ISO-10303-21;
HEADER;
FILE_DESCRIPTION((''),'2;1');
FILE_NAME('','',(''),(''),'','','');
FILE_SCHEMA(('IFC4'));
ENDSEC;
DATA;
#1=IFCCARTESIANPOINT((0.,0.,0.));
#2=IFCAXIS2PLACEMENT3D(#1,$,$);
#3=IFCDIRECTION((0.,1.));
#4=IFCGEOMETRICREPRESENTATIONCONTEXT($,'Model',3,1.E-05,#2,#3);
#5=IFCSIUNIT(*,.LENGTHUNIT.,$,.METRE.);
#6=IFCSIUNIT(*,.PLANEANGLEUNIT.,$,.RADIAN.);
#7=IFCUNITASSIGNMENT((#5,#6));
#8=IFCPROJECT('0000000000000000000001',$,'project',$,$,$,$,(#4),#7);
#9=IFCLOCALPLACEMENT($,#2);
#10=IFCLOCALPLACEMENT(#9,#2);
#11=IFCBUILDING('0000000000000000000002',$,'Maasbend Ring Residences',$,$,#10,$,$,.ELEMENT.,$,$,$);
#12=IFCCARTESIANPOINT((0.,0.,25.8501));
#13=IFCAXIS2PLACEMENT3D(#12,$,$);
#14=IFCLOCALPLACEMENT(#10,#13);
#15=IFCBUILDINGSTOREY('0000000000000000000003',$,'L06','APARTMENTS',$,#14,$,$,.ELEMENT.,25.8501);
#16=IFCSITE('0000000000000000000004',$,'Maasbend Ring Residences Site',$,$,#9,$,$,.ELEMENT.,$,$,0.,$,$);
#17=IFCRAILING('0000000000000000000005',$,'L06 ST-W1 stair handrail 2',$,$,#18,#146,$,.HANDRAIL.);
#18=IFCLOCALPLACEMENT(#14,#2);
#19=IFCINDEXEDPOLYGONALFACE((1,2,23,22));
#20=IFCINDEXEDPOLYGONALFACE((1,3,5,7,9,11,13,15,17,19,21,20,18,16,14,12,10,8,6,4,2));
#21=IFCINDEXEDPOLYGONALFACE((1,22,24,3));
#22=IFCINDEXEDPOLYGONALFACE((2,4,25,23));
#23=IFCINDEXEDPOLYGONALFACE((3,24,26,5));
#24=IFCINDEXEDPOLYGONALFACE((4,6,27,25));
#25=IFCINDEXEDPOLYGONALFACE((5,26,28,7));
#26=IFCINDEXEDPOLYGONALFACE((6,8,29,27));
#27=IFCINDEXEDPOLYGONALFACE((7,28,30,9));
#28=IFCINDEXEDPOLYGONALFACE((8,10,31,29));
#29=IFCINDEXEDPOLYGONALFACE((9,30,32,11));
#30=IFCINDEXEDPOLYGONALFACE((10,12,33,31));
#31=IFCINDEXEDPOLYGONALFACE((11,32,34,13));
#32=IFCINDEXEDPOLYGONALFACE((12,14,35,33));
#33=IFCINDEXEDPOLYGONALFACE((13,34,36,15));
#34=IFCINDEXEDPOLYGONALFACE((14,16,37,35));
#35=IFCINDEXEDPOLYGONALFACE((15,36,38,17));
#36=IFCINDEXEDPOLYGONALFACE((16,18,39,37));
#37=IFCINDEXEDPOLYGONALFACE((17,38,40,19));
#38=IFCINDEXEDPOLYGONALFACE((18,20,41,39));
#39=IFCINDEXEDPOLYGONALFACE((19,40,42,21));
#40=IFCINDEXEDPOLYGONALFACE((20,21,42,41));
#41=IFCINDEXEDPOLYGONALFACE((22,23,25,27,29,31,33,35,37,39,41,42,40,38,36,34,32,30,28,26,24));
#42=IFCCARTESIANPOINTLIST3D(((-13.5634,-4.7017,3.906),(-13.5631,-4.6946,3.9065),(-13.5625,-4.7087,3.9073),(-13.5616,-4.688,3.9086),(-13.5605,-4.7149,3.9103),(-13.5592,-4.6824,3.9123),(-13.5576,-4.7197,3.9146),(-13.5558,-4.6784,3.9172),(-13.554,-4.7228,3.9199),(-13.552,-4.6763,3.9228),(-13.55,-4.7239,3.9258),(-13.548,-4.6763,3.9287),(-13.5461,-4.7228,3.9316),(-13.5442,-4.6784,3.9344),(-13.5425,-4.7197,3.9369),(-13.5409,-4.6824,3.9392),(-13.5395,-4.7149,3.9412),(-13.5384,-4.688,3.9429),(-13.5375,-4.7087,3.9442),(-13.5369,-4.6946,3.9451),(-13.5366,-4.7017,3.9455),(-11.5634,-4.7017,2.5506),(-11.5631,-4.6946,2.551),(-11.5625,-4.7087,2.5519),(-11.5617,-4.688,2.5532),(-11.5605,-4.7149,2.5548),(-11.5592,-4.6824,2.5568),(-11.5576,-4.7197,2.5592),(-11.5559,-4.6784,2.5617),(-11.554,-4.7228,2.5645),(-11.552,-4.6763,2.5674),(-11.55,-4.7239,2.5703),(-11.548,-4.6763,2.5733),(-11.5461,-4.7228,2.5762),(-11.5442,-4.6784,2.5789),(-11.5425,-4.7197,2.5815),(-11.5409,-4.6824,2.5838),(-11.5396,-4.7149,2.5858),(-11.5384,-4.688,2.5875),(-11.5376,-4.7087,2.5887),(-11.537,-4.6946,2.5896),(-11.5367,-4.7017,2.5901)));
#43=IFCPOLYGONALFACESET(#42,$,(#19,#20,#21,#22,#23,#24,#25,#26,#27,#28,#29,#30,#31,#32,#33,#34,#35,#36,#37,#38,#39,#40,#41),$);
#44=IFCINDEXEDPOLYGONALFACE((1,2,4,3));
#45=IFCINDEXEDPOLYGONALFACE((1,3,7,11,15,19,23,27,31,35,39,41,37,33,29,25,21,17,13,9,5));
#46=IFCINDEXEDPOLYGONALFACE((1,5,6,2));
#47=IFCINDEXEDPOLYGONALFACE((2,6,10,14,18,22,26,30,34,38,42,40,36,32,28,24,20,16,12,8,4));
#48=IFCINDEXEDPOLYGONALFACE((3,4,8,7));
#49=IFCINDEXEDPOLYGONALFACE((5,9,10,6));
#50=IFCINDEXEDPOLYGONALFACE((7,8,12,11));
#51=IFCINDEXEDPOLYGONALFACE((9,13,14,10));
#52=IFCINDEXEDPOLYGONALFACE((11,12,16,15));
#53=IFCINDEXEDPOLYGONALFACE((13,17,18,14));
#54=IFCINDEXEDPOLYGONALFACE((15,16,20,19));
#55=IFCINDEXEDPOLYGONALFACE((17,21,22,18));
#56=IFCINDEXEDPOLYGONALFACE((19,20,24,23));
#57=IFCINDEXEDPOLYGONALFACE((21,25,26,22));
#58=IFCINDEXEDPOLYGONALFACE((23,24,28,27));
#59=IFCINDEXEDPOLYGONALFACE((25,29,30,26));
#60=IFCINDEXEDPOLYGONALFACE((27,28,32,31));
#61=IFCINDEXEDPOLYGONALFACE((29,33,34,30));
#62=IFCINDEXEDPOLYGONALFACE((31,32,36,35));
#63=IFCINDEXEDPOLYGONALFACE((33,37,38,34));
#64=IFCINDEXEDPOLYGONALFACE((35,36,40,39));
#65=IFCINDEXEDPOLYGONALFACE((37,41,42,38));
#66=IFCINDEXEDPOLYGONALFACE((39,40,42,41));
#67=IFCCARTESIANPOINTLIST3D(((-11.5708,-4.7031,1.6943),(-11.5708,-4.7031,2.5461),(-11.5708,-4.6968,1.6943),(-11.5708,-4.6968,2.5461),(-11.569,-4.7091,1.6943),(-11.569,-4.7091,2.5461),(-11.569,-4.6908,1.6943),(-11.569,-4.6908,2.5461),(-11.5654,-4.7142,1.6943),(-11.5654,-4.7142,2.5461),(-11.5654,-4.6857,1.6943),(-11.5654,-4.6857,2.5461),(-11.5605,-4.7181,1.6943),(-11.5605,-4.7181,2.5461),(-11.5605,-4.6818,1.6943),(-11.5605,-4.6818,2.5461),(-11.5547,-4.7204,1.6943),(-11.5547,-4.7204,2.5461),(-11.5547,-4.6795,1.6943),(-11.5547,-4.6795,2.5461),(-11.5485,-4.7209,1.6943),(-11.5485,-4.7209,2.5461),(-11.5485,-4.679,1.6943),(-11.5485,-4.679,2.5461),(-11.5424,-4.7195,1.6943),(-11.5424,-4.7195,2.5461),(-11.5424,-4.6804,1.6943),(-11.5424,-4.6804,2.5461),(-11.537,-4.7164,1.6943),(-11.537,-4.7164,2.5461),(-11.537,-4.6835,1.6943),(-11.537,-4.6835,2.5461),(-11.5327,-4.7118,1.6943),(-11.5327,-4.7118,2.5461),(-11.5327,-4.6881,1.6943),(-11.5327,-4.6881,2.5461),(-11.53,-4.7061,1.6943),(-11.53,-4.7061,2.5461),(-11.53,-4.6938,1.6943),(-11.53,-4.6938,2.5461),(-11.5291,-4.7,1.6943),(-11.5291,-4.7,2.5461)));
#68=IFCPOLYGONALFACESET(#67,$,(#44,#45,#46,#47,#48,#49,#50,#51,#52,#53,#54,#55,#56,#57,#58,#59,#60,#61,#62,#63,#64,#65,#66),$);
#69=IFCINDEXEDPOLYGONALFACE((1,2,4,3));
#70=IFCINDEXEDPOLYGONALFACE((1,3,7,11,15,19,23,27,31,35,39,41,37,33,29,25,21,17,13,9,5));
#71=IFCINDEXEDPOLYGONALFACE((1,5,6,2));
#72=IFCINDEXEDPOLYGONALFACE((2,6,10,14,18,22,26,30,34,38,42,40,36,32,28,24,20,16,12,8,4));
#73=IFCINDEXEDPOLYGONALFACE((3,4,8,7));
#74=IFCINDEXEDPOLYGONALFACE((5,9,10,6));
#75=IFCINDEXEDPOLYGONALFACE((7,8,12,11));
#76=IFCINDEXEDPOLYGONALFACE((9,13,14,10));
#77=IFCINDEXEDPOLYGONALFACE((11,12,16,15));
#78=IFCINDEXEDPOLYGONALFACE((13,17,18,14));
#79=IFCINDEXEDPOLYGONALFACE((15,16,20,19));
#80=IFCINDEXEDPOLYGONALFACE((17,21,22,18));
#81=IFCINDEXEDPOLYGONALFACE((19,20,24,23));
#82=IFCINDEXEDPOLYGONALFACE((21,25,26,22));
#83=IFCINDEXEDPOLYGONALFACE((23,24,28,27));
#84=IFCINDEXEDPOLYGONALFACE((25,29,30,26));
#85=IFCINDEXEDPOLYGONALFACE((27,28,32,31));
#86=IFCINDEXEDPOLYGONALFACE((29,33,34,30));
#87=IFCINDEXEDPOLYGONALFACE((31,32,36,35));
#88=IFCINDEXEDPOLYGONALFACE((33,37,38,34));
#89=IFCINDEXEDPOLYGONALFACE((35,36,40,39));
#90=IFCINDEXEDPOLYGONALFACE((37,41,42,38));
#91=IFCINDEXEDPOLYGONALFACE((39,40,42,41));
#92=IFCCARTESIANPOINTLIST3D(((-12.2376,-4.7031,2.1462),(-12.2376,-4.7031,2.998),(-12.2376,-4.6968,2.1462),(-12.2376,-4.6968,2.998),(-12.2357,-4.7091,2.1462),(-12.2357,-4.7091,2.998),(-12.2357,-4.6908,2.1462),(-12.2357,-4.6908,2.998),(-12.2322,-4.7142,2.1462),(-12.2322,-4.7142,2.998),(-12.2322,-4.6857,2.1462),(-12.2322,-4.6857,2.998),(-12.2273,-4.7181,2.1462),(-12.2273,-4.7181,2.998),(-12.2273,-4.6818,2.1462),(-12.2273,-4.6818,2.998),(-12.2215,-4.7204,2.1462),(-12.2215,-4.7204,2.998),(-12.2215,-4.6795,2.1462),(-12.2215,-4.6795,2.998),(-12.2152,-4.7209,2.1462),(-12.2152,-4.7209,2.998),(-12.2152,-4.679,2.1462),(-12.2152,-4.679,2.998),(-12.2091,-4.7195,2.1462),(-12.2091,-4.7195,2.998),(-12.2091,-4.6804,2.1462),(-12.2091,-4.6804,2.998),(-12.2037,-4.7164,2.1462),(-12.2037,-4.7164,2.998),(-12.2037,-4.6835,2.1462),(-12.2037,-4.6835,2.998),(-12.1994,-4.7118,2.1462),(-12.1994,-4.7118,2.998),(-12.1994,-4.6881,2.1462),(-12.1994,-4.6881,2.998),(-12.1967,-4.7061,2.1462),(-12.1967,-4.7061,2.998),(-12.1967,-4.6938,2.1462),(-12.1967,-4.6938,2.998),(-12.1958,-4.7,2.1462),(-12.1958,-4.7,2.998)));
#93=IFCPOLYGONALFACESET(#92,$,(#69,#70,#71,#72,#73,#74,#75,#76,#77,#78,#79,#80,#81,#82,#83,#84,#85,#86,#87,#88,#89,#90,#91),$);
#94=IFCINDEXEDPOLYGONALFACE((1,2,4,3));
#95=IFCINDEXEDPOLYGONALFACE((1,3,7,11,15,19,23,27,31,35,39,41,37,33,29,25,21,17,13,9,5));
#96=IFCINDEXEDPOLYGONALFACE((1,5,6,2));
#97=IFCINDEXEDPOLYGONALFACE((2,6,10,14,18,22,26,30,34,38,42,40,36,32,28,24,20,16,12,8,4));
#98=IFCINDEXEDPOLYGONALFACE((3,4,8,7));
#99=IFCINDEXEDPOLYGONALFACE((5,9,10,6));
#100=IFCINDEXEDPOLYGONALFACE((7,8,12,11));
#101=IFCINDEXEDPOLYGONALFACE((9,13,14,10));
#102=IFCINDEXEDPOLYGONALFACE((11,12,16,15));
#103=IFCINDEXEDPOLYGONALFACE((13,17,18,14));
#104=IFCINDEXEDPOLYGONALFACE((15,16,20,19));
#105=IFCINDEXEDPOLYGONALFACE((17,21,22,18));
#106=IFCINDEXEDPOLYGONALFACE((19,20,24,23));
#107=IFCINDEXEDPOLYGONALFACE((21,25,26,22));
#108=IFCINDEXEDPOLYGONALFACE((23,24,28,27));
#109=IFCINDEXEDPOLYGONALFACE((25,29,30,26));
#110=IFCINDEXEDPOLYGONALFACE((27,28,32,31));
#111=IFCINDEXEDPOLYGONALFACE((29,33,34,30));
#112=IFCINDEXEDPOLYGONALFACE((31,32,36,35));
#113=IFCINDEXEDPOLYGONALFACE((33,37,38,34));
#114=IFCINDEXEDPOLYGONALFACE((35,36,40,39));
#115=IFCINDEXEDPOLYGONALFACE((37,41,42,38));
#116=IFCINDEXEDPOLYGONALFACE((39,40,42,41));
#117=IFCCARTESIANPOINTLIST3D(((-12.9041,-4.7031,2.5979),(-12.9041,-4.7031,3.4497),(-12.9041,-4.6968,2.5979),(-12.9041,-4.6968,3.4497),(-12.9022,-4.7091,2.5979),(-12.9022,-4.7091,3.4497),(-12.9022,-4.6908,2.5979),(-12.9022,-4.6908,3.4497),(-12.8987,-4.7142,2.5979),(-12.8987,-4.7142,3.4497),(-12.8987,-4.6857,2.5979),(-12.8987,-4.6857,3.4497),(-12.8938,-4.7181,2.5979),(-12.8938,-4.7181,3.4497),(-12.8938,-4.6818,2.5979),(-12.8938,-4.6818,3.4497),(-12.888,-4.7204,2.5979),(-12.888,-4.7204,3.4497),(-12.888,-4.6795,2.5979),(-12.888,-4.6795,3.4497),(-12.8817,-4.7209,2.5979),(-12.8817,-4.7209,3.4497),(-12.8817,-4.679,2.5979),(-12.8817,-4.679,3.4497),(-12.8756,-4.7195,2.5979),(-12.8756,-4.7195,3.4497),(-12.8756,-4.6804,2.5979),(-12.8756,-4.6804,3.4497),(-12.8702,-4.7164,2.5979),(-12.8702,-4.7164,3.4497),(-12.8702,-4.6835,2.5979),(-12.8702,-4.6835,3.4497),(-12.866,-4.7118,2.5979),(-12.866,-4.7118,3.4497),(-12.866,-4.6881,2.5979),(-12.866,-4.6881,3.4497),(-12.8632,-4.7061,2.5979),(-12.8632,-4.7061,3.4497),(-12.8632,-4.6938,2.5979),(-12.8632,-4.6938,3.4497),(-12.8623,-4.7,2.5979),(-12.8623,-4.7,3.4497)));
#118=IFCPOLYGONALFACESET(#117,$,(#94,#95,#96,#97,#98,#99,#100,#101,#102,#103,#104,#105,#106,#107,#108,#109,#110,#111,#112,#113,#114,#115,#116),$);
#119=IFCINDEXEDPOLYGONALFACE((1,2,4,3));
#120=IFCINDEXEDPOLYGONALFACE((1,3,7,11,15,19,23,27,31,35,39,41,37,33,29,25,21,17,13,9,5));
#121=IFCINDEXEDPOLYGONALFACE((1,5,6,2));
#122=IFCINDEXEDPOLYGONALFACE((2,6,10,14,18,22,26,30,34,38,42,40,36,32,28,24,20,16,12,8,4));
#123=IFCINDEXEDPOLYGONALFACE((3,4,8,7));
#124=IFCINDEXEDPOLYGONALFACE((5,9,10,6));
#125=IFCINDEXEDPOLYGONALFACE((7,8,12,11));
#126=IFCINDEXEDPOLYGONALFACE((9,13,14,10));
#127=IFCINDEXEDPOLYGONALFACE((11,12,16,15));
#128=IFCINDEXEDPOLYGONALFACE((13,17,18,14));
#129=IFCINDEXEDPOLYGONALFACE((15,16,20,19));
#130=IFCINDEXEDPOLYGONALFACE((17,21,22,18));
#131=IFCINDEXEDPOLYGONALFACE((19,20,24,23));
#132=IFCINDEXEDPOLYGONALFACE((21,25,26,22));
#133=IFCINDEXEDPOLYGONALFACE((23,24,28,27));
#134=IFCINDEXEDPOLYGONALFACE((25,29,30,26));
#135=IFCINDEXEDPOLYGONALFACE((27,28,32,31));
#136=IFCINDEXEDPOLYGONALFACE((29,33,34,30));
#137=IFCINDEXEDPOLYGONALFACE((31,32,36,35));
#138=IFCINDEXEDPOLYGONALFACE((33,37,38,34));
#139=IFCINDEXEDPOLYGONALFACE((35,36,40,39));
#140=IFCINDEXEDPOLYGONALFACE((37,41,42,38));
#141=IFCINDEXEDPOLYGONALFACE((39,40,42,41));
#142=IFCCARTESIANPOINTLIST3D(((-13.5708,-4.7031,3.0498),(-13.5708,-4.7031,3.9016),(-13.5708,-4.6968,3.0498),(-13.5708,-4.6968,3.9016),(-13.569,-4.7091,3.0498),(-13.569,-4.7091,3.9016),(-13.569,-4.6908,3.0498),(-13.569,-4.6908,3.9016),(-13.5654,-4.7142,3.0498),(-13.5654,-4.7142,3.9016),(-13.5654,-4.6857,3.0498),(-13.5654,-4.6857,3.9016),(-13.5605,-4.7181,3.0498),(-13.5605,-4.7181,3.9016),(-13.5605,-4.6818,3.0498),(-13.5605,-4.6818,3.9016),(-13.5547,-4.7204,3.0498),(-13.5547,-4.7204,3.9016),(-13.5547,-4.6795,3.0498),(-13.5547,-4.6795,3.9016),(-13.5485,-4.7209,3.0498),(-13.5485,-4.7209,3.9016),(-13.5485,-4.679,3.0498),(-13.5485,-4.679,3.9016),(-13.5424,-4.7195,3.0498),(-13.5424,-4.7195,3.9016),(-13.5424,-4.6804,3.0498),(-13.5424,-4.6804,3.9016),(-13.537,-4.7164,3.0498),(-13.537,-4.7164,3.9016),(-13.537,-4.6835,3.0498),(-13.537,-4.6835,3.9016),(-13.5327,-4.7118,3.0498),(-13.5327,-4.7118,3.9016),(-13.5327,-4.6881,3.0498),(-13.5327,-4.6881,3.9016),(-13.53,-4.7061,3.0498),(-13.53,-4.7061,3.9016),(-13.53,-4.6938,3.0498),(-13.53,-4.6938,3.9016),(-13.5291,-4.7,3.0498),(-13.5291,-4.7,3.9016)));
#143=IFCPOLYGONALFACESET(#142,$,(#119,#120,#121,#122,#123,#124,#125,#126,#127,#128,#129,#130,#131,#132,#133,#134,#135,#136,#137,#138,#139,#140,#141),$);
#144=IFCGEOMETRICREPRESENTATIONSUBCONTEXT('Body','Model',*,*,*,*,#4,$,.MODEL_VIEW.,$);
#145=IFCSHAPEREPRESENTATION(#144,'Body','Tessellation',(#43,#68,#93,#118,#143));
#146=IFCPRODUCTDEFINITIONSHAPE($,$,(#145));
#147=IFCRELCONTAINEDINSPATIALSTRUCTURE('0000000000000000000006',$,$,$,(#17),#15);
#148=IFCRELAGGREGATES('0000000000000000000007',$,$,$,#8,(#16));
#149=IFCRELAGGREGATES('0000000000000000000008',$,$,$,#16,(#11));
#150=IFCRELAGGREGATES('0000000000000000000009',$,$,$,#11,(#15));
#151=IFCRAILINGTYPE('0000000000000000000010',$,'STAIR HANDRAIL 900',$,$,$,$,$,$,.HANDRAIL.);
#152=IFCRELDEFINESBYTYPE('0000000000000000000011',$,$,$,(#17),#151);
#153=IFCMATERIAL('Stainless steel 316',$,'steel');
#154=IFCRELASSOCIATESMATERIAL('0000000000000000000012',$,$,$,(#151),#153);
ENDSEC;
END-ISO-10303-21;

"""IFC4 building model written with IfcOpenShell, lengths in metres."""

from ifc_helpers import new_model, si_unit, direction, frame, origin, origin_2d, place, context, subcontext, project, spatial, circle, extrude, material, type_object, element, save


model = new_model("IFC4")

# Units and contexts
model_context = context("Model", 3, precision=1e-05, world=origin(), true_north=direction((0.0, 1.0)))
body_context = subcontext(model_context, "Body", "Model", "MODEL_VIEW")
ifc_project = project(units=[si_unit("LENGTHUNIT", "METRE"), si_unit("PLANEANGLEUNIT", "RADIAN")], contexts=[model_context])

# Site, building, storey
site_placement = place(None, origin())
site = spatial("IfcSite", under=ifc_project, at=site_placement, Name="Maasbend Ring Residences Site", CompositionType="ELEMENT", RefElevation=0.0)
building_placement = place(site_placement, origin())
building = spatial("IfcBuilding", under=site, at=building_placement, Name="Maasbend Ring Residences", CompositionType="ELEMENT")
storey_placement = place(building_placement, frame((0.0, 0.0, 25.8501)))
storey = spatial("IfcBuildingStorey", under=building, at=storey_placement, Name="L06", Description="APARTMENTS", CompositionType="ELEMENT", Elevation=25.8501)

# Railing
ifc_material_1 = material(Name="Stainless steel 316", Category="steel")
railing_type_1 = type_object("IfcRailingType", Name="STAIR HANDRAIL 900", PredefinedType="HANDRAIL", material=ifc_material_1)
railing_1_placement = place(storey_placement, frame((-11.55, -4.7, 1.6943)))
element("IfcRailing", 1, at=railing_1_placement, inside=storey, type_object=railing_type_1, Name="L06 ST-W1 stair handrail 2", PredefinedType="HANDRAIL", context=body_context, shape_type="SweptSolid", body=[
    extrude(circle(Radius=0.0239, at=origin_2d()), frame((0.0, 0.0, 0.876), z_axis=(-0.827798, 0.0, 0.561027), x_axis=(0.0, -1.0, 0.0)), (0.0, 0.0, 1.0), 2.416),
    extrude(circle(Radius=0.021, at=origin_2d()), origin(), (0.0, 0.0, 1.0), 0.8518),
    extrude(circle(Radius=0.021, at=origin_2d()), frame((-0.6667, 0.0, 0.4519)), (0.0, 0.0, 1.0), 0.8518),
    extrude(circle(Radius=0.021, at=origin_2d()), frame((-1.3333, 0.0, 0.9036)), (0.0, 0.0, 1.0), 0.8518),
    extrude(circle(Radius=0.021, at=origin_2d()), frame((-2.0, 0.0, 1.3555)), (0.0, 0.0, 1.0), 0.8518),
])

save(model, "model.ifc")
